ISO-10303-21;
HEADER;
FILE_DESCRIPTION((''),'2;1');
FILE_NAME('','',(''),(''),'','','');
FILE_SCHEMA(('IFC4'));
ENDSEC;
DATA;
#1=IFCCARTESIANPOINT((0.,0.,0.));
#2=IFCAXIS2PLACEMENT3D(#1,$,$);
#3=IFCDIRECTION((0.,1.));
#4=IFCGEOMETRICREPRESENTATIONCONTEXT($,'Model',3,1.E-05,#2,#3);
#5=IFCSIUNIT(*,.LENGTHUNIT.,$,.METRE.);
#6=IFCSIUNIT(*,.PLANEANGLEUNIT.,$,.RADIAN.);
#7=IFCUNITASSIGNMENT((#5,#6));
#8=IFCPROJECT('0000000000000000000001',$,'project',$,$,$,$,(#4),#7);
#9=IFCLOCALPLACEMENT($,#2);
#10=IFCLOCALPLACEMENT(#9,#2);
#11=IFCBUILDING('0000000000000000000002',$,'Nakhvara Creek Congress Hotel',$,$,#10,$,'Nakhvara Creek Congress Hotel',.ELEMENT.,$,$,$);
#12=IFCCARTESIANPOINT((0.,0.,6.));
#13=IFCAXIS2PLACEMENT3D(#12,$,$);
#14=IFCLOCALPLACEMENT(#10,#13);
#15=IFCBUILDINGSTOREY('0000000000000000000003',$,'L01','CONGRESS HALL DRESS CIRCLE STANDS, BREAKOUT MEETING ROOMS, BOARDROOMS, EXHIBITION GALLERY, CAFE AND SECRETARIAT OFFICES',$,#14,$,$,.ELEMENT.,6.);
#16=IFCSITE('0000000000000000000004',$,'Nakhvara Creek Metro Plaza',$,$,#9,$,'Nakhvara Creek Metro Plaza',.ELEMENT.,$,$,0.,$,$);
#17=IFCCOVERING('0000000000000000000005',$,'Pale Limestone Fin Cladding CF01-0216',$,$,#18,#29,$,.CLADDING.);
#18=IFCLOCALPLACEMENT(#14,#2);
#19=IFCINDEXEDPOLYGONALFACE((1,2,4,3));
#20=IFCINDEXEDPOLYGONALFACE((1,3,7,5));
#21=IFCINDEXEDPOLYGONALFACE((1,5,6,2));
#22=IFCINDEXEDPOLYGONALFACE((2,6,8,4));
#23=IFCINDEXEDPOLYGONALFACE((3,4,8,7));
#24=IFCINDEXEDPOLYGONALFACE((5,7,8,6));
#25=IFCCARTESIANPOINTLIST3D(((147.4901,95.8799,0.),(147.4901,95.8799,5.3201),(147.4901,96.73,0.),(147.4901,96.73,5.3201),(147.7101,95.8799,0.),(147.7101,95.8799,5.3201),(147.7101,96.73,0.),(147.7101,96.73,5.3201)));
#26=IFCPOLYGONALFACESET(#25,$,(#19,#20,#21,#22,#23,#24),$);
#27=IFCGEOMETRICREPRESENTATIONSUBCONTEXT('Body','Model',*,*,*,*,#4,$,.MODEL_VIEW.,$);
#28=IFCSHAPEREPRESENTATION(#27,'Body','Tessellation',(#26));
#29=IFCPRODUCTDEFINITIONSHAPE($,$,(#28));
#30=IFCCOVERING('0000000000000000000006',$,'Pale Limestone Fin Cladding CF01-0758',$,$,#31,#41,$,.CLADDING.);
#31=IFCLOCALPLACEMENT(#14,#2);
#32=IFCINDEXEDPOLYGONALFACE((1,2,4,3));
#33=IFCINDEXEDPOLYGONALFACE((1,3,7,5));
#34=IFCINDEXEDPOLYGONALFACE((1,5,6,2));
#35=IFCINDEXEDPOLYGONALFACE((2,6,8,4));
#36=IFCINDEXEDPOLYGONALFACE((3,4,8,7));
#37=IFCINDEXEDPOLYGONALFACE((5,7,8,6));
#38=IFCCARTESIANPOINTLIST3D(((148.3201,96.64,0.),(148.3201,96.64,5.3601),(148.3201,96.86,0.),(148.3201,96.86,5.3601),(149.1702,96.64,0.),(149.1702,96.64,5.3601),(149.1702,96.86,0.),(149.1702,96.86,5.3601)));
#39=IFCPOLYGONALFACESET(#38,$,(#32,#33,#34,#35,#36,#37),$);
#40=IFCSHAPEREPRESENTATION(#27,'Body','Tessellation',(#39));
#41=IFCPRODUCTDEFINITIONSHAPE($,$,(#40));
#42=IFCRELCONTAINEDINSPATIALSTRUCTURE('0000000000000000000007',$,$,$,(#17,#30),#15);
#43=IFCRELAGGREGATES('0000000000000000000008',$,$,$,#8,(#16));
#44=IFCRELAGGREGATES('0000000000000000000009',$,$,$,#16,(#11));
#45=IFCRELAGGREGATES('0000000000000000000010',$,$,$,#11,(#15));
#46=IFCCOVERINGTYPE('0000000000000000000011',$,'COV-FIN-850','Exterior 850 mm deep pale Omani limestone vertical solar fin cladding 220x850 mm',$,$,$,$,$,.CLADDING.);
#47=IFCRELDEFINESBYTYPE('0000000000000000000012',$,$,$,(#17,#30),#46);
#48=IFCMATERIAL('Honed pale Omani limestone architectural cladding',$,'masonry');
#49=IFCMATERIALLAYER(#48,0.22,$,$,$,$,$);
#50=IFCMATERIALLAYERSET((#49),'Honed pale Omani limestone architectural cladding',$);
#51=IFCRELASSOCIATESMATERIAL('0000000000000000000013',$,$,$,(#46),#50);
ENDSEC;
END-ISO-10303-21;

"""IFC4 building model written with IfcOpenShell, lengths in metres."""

from ifc_helpers import new_model, si_unit, direction, frame, origin, origin_2d, place, context, subcontext, project, spatial, rectangle, extrude, material, layer, layer_set, type_object, element, save


model = new_model("IFC4")

# Units and contexts
model_context = context("Model", 3, precision=1e-05, world=origin(), true_north=direction((0.0, 1.0)))
body_context = subcontext(model_context, "Body", "Model", "MODEL_VIEW")
ifc_project = project(units=[si_unit("LENGTHUNIT", "METRE"), si_unit("PLANEANGLEUNIT", "RADIAN")], contexts=[model_context])

# Site, building, storey
site_placement = place(None, origin())
site = spatial("IfcSite", under=ifc_project, at=site_placement, Name="Nakhvara Creek Metro Plaza", LongName="Nakhvara Creek Metro Plaza", CompositionType="ELEMENT", RefElevation=0.0)
building_placement = place(site_placement, origin())
building = spatial("IfcBuilding", under=site, at=building_placement, Name="Nakhvara Creek Congress Hotel", LongName="Nakhvara Creek Congress Hotel", CompositionType="ELEMENT")
storey_placement = place(building_placement, frame((0.0, 0.0, 6.0)))
storey = spatial("IfcBuildingStorey", under=building, at=storey_placement, Name="L01", Description="CONGRESS HALL DRESS CIRCLE STANDS, BREAKOUT MEETING ROOMS, BOARDROOMS, EXHIBITION GALLERY, CAFE AND SECRETARIAT OFFICES", CompositionType="ELEMENT", Elevation=6.0)

# Coverings
ifc_material_1 = material(Name="Honed pale Omani limestone architectural cladding", Category="masonry")
ifc_layer_1 = layer(ifc_material_1, 0.22)
ifc_layer_set_1 = layer_set([ifc_layer_1], Name="Honed pale Omani limestone architectural cladding")
covering_type = type_object("IfcCoveringType", Name="COV-FIN-850", Description="Exterior 850 mm deep pale Omani limestone vertical solar fin cladding 220x850 mm", PredefinedType="CLADDING", material=ifc_layer_set_1)
for number, where, z_axis, x_axis, name in (
    (1, (147.6001, 96.3049, 0.0), (0.0, 0.0, 1.0), (1.0, 0.0, 0.0), "Pale Limestone Fin Cladding CF01-0216"),
):
    element("IfcCovering", number, at=place(storey_placement, frame(where, z_axis=z_axis, x_axis=x_axis)), inside=storey, type_object=covering_type, Name=name, PredefinedType="CLADDING", context=body_context, shape_type="SweptSolid", body=[
        extrude(rectangle(XDim=0.22, YDim=0.8501, at=origin_2d()), origin(), (0.0, 0.0, 1.0), 5.3201),
    ])
covering_placement = place(storey_placement, frame((148.7451, 96.75, 0.0), z_axis=(0.0, 0.0, 1.0), x_axis=(0.0, 1.0, 0.0)))
element("IfcCovering", 2, at=covering_placement, inside=storey, type_object=covering_type, Name="Pale Limestone Fin Cladding CF01-0758", PredefinedType="CLADDING", context=body_context, shape_type="SweptSolid", body=[
    extrude(rectangle(XDim=0.22, YDim=0.8501, at=origin_2d()), origin(), (0.0, 0.0, 1.0), 5.3601),
])

save(model, "model.ifc")
